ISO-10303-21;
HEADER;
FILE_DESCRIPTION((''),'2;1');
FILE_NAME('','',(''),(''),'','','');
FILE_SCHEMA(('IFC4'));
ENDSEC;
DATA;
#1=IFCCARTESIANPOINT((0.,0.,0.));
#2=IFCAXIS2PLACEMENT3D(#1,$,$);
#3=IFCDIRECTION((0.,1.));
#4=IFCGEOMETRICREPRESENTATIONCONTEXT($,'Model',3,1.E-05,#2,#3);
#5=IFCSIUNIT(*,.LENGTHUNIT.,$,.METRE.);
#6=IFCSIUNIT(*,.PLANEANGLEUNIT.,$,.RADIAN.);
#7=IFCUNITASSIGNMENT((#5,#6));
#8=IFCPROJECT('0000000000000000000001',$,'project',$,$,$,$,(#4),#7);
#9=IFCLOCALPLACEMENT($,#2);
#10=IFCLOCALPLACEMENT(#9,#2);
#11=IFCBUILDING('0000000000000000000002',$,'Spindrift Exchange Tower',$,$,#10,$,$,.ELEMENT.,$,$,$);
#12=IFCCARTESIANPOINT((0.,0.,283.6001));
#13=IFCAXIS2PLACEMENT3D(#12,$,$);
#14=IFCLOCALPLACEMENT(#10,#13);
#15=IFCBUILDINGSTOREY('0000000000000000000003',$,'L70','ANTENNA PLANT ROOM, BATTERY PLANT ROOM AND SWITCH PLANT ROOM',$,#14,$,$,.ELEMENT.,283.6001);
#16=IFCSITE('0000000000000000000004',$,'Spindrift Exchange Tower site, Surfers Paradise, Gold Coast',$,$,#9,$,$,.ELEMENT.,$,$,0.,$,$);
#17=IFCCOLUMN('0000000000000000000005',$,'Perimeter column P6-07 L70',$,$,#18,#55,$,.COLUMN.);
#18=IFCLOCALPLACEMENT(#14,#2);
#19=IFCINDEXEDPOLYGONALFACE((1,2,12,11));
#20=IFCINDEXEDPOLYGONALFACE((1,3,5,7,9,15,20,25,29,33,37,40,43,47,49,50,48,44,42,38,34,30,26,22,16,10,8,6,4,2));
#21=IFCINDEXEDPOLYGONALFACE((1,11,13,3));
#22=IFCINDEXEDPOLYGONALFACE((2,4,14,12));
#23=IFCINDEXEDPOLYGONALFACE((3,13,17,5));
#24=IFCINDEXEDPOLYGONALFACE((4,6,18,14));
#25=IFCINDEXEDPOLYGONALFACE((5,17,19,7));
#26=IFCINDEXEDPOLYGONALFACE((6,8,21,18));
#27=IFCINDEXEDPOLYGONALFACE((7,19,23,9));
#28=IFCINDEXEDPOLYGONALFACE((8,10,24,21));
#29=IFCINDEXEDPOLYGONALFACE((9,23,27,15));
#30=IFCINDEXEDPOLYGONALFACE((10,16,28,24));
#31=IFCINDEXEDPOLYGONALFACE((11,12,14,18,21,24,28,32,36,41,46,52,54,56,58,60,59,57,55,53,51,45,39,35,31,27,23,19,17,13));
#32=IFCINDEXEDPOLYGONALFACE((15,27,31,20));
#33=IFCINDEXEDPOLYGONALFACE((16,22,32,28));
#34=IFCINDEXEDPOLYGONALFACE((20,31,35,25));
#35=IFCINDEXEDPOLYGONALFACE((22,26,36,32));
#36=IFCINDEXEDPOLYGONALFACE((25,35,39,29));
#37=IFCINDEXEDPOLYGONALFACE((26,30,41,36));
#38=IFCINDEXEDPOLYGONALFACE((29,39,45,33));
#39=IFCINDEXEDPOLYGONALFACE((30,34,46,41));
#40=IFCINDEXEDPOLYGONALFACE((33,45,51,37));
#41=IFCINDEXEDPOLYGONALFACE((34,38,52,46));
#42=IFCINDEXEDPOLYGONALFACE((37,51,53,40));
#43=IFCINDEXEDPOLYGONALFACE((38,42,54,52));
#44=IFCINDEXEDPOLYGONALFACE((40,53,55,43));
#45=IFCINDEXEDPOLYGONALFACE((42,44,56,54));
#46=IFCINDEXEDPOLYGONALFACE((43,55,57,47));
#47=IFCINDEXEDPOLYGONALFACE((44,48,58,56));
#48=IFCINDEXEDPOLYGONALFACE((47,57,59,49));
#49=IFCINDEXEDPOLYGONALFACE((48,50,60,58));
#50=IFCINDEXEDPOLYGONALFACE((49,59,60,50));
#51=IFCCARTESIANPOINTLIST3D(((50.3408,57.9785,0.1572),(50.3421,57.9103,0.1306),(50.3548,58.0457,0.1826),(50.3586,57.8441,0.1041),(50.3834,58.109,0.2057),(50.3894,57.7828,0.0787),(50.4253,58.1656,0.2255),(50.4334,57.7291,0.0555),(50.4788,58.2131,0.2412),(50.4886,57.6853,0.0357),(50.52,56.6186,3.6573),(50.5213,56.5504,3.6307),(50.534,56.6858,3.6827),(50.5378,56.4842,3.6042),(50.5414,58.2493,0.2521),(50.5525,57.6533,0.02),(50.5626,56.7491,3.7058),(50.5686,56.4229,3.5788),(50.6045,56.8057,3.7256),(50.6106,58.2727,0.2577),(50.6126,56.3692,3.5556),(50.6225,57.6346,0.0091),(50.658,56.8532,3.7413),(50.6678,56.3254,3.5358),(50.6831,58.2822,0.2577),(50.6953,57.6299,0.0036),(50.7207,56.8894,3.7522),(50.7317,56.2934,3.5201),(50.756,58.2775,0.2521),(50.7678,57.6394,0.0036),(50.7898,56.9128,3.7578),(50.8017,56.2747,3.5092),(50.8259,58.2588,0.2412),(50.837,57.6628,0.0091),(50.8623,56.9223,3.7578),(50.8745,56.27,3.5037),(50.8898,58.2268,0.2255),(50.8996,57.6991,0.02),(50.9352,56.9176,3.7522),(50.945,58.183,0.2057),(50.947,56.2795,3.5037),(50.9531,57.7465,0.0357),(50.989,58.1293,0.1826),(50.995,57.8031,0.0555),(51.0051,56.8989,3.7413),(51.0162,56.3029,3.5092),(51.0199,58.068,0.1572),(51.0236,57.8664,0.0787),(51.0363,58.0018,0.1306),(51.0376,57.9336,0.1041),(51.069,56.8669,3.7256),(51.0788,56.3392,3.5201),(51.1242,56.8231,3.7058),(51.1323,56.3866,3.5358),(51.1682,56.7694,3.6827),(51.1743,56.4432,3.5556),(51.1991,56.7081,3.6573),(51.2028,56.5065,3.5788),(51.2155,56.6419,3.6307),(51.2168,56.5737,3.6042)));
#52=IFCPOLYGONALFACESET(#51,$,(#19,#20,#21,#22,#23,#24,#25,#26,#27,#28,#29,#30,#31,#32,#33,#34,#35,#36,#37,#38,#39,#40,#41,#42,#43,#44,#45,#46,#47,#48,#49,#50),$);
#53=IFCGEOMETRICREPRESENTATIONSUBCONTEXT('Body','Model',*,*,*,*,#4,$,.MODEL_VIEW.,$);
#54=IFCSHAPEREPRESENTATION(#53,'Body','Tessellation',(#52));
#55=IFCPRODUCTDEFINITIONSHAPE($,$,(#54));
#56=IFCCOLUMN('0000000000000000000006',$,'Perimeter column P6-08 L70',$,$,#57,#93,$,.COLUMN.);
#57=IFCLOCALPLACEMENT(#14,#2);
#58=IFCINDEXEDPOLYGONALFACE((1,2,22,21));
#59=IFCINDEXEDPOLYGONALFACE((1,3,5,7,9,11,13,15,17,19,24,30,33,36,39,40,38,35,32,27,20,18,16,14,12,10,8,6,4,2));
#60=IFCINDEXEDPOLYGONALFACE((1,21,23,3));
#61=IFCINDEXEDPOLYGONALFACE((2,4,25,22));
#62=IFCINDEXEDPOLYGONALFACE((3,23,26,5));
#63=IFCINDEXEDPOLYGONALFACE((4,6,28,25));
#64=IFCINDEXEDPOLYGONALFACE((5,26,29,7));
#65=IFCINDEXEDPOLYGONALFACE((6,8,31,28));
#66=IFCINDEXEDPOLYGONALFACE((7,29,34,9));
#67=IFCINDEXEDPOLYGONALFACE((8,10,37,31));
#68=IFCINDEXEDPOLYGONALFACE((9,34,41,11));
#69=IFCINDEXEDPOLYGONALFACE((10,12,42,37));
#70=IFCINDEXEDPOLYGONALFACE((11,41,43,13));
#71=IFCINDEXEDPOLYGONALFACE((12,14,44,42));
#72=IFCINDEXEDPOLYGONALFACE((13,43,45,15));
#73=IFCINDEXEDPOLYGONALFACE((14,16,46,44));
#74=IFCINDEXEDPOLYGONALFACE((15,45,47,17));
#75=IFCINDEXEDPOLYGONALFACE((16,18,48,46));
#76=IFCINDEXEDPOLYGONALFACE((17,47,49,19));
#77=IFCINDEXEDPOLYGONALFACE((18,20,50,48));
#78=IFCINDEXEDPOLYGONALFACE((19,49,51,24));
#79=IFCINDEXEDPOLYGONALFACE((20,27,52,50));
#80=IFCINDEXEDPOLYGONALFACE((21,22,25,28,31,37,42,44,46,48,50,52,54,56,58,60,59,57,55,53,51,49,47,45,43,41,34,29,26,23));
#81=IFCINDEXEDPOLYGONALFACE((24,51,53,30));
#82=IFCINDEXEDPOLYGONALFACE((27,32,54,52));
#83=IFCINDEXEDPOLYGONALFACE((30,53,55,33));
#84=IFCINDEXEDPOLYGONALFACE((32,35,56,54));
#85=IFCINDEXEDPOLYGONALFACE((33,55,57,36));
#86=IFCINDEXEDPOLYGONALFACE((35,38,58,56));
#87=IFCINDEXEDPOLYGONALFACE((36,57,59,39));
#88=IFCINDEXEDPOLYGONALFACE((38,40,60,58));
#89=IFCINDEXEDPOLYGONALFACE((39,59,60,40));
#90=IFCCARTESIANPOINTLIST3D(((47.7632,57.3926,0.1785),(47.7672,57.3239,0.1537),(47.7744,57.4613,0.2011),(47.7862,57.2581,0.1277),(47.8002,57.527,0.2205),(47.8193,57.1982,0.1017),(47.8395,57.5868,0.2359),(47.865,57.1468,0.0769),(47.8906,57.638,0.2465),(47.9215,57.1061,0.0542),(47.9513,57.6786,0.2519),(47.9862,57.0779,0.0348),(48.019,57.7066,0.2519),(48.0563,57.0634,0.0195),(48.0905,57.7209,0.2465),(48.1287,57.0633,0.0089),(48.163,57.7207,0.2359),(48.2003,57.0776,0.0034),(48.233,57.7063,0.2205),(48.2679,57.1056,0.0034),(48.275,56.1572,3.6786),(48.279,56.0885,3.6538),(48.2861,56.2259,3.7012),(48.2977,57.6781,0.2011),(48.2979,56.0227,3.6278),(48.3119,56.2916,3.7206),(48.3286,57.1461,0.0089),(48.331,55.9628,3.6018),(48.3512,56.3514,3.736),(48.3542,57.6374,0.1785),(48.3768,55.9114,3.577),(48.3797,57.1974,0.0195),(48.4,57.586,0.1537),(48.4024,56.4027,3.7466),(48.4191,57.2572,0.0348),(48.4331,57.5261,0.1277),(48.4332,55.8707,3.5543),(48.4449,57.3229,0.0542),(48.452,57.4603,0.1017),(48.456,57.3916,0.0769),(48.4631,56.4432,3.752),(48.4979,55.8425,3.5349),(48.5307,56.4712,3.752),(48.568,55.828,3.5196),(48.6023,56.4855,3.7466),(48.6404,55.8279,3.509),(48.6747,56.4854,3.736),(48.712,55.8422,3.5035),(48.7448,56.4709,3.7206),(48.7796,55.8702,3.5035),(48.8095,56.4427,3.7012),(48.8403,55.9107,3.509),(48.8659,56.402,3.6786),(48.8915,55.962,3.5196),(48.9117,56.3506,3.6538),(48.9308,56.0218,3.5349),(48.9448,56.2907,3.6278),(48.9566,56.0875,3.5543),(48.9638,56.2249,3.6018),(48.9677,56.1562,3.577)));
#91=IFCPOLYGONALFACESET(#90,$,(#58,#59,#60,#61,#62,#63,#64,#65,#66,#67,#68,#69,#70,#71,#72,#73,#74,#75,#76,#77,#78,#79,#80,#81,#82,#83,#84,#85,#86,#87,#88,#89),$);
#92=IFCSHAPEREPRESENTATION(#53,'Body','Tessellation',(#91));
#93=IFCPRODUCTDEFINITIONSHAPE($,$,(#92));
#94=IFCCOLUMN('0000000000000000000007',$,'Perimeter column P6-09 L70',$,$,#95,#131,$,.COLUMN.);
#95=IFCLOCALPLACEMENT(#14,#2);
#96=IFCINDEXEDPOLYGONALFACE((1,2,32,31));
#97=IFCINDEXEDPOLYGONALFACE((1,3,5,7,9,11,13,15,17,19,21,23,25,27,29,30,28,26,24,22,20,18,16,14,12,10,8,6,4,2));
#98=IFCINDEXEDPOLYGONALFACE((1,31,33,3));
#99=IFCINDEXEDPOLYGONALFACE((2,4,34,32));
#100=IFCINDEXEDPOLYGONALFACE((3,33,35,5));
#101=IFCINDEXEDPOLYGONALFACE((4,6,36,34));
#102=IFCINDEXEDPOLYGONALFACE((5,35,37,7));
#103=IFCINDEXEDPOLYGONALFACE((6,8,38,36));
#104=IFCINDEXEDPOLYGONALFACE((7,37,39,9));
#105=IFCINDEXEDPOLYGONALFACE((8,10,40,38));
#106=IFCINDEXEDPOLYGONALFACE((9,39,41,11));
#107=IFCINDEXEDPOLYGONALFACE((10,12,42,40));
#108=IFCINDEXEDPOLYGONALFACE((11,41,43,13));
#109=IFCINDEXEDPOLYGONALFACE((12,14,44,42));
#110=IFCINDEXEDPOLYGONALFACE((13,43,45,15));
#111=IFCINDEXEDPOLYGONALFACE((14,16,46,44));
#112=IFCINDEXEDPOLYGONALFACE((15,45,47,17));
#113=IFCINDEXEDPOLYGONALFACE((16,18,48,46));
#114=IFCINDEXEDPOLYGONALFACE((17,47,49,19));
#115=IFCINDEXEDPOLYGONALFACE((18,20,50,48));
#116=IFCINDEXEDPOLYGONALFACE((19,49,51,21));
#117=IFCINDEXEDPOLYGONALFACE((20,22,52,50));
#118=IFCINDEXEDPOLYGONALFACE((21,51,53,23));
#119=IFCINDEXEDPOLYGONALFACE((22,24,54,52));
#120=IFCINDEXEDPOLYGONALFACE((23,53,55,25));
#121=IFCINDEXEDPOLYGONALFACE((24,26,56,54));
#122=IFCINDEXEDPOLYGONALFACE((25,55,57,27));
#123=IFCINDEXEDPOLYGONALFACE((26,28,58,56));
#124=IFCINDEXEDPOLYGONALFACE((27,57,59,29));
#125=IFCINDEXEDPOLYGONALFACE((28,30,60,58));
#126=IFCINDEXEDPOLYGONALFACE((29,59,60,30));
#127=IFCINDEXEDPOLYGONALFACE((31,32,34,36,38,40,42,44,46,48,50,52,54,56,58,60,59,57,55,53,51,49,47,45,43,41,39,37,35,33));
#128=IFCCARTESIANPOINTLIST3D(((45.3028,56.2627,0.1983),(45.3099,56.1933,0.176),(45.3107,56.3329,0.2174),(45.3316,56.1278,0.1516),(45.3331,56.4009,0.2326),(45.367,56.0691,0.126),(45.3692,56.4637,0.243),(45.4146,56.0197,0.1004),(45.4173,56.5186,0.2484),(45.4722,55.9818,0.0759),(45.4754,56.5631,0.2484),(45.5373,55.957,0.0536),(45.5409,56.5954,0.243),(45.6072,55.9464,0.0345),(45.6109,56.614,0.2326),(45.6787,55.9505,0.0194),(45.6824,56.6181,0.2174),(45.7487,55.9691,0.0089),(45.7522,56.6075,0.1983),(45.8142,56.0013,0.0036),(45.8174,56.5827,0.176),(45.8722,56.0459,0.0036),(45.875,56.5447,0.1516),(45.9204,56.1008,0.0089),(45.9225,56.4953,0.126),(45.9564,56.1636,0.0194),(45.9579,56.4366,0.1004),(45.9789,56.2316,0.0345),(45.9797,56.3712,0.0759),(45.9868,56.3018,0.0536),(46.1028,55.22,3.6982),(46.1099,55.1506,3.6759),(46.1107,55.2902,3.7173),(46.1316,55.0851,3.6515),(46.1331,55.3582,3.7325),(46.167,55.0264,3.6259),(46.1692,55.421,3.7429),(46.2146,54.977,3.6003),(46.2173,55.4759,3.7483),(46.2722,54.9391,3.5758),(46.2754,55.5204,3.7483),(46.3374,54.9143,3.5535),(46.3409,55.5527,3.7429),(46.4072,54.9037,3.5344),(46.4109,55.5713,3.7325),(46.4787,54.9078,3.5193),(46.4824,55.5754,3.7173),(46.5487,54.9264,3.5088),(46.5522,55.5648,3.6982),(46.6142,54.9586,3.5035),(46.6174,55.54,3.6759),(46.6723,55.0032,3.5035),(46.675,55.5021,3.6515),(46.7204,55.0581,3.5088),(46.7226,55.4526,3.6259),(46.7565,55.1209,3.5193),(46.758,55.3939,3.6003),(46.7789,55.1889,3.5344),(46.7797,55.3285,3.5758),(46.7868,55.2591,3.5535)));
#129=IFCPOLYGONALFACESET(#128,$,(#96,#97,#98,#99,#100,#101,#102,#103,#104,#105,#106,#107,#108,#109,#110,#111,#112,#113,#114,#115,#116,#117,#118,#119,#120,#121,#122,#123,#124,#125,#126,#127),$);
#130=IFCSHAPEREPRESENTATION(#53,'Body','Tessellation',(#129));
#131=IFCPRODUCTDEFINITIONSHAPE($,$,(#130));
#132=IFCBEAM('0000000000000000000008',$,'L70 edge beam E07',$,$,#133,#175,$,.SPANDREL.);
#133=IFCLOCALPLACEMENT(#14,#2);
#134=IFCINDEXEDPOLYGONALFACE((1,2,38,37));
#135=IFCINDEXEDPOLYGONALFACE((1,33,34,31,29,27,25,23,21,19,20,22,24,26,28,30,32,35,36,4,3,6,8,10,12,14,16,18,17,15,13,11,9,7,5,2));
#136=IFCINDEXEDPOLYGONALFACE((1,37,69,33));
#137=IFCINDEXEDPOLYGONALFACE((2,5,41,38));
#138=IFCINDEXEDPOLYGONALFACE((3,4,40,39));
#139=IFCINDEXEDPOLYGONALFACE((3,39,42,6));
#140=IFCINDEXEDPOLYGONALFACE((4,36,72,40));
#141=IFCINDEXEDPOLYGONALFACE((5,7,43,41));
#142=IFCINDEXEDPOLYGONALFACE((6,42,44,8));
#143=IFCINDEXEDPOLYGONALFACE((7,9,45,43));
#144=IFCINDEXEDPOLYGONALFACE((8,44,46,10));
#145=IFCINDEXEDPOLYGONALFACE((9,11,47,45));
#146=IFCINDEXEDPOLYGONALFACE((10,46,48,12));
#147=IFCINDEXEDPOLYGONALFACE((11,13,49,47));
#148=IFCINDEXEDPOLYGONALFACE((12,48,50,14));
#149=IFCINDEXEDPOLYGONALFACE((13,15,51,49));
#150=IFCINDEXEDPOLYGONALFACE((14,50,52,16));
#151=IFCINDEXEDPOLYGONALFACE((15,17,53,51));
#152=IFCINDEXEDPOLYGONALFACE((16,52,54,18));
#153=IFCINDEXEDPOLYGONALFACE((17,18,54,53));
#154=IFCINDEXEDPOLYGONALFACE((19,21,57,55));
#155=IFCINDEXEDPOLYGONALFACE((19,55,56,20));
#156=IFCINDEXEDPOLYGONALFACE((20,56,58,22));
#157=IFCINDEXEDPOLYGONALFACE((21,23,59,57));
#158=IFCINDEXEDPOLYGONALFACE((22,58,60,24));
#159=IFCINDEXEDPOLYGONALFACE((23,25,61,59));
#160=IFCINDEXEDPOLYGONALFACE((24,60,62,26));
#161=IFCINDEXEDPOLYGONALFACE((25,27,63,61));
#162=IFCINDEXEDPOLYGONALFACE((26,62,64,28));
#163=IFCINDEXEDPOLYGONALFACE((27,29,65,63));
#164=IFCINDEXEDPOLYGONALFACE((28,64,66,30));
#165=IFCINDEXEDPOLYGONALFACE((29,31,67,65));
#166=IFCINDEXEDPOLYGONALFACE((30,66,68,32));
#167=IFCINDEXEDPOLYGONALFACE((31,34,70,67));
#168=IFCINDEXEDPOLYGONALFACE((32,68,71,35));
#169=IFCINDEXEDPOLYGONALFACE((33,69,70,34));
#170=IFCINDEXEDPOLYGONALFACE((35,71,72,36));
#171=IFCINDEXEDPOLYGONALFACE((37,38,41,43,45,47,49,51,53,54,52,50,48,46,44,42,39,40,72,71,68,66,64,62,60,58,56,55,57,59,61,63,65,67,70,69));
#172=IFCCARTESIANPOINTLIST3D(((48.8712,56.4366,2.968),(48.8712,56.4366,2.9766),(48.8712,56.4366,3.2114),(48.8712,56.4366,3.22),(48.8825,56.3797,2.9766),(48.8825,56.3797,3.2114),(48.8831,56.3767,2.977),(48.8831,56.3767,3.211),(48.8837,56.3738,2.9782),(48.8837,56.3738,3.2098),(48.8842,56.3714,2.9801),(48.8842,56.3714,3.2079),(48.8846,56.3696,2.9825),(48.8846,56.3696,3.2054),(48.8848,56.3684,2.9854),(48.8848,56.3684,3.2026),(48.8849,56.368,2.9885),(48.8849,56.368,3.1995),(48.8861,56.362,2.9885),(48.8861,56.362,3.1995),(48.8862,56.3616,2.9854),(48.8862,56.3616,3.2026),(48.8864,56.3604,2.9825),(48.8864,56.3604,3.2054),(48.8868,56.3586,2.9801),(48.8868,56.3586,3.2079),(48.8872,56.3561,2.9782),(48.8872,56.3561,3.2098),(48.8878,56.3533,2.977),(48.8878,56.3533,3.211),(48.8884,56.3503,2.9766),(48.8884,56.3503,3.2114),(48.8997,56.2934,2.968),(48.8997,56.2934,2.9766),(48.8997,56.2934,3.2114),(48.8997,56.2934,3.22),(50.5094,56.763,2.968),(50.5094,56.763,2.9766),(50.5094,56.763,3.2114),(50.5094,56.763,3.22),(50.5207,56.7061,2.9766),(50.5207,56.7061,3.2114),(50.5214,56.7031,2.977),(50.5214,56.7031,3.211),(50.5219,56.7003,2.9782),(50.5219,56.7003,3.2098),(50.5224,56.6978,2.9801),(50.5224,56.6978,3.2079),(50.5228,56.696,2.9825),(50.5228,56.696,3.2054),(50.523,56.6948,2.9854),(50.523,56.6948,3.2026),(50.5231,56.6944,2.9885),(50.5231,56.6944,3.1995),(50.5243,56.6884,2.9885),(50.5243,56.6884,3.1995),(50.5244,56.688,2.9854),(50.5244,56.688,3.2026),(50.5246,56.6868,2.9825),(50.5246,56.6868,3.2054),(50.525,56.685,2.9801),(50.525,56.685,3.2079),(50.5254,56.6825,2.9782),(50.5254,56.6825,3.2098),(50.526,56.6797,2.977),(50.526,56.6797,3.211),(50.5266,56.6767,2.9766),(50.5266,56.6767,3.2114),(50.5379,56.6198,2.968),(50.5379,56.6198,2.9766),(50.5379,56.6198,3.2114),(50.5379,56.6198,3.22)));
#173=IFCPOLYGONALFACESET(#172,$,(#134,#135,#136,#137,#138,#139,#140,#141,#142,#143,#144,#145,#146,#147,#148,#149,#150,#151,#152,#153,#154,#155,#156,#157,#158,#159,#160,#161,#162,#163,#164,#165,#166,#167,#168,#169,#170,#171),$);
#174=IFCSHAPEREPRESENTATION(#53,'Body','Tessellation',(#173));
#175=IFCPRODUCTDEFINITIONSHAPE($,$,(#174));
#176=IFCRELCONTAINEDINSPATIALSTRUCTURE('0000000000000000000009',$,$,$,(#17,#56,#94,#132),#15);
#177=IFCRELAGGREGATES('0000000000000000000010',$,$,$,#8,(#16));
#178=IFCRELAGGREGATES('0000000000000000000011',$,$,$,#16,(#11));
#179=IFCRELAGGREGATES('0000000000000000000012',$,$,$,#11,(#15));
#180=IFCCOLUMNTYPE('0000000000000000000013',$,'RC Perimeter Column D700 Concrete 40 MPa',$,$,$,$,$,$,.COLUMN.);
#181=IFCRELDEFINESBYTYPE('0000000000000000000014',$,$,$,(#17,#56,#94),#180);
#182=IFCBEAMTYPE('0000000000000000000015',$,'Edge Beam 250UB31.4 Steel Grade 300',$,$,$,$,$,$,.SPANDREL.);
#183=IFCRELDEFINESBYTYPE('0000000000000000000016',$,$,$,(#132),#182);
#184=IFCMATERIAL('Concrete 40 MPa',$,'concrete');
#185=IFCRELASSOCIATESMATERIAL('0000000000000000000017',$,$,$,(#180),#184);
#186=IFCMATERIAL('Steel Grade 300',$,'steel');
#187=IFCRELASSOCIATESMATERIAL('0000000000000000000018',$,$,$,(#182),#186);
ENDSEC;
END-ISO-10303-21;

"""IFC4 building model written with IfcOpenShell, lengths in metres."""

from ifc_helpers import new_model, si_unit, direction, frame, origin, origin_2d, place, context, subcontext, project, spatial, circle, i_section, extrude, source, transform, mapped, material, material_profile, profile_set, type_object, element, save


model = new_model("IFC4")

# Units and contexts
model_context = context("Model", 3, precision=1e-05, world=origin(), true_north=direction((0.0, 1.0)))
body_context = subcontext(model_context, "Body", "Model", "MODEL_VIEW")
ifc_project = project(units=[si_unit("LENGTHUNIT", "METRE"), si_unit("PLANEANGLEUNIT", "RADIAN")], contexts=[model_context])

# Site, building, storey
site_placement = place(None, origin())
site = spatial("IfcSite", under=ifc_project, at=site_placement, Name="Spindrift Exchange Tower site, Surfers Paradise, Gold Coast", CompositionType="ELEMENT", RefElevation=0.0)
building_placement = place(site_placement, origin())
building = spatial("IfcBuilding", under=site, at=building_placement, Name="Spindrift Exchange Tower", CompositionType="ELEMENT")
storey_placement = place(building_placement, frame((0.0, 0.0, 283.6001)))
storey = spatial("IfcBuildingStorey", under=building, at=storey_placement, Name="L70", Description="ANTENNA PLANT ROOM, BATTERY PLANT ROOM AND SWITCH PLANT ROOM", CompositionType="ELEMENT", Elevation=283.6001)

# Columns
ifc_material_1 = material(Name="Concrete 40 MPa", Category="concrete")
ifc_material_profile_1 = material_profile(ifc_material_1, circle(Radius=0.3501, at=origin_2d()), Name="RC D700")
ifc_profile_set_1 = profile_set([ifc_material_profile_1], Name="Concrete 40 MPa")
column_type = type_object("IfcColumnType", Name="RC Perimeter Column D700 Concrete 40 MPa", PredefinedType="COLUMN", material=ifc_profile_set_1)
shared_shape_1 = source(origin(), body_context, "Body", "SweptSolid", [
    extrude(circle(Radius=0.3501, at=origin_2d()), origin(), (0.0, 0.0, 1.0), 3.7593),
])
column_1_placement = place(storey_placement, frame((50.6892, 57.9561, 0.1306), z_axis=(0.04767, -0.361746, 0.931057), x_axis=(0.991429, 0.130648, 0.0)))
element("IfcColumn", 1, at=column_1_placement, inside=storey, type_object=column_type, Name="Perimeter column P6-07 L70", PredefinedType="COLUMN", context=body_context, shape_type="MappedRepresentation", body=[
    mapped(shared_shape_1, transform((0.0, 0.0, 0.0), scale=1.0)),
])
shared_shape_2 = source(origin(), body_context, "Body", "SweptSolid", [
    extrude(circle(Radius=0.3501, at=origin_2d()), origin(), (0.0, 0.0, 1.0), 3.7468),
])
column_2_placement = place(storey_placement, frame((48.1096, 57.3921, 0.1277), z_axis=(0.136578, -0.329715, 0.934149), x_axis=(0.923874, 0.382696, 0.0)))
element("IfcColumn", 2, at=column_2_placement, inside=storey, type_object=column_type, Name="Perimeter column P6-08 L70", PredefinedType="COLUMN", context=body_context, shape_type="MappedRepresentation", body=[
    mapped(shared_shape_2, transform((0.0, 0.0, 0.0), scale=1.0)),
])
shared_shape_3 = source(origin(), body_context, "Body", "SweptSolid", [
    extrude(circle(Radius=0.3501, at=origin_2d()), origin(), (0.0, 0.0, 1.0), 3.7385),
])
column_3_placement = place(storey_placement, frame((45.6448, 56.2822, 0.126), z_axis=(0.213995, -0.278906, 0.936172), x_axis=(0.793376, 0.608732, 0.0)))
element("IfcColumn", 3, at=column_3_placement, inside=storey, type_object=column_type, Name="Perimeter column P6-09 L70", PredefinedType="COLUMN", context=body_context, shape_type="MappedRepresentation", body=[
    mapped(shared_shape_3, transform((0.0, 0.0, 0.0), scale=1.0)),
])

# Beam
ifc_material_2 = material(Name="Steel Grade 300", Category="steel")
ifc_material_profile_2 = material_profile(ifc_material_2, i_section(OverallWidth=0.146, OverallDepth=0.252, WebThickness=0.0061, FlangeThickness=0.0085, FilletRadius=0.012, at=origin_2d()), Name="250UB31.4")
ifc_profile_set_2 = profile_set([ifc_material_profile_2], Name="Steel Grade 300")
beam_type = type_object("IfcBeamType", Name="Edge Beam 250UB31.4 Steel Grade 300", PredefinedType="SPANDREL", material=ifc_profile_set_2)
shared_shape_4 = source(origin(), body_context, "Body", "SweptSolid", [
    extrude(i_section(OverallWidth=0.146, OverallDepth=0.252, WebThickness=0.0061, FlangeThickness=0.0085, FilletRadius=0.012, at=origin_2d()), origin(), (0.0, 0.0, 1.0), 1.6704),
])
beam_1_placement = place(storey_placement, frame((50.5237, 56.6914, 3.094), z_axis=(-0.980721, -0.195413, 0.0), x_axis=(0.195413, -0.980721, 0.0)))
element("IfcBeam", 4, at=beam_1_placement, inside=storey, type_object=beam_type, Name="L70 edge beam E07", PredefinedType="SPANDREL", context=body_context, shape_type="MappedRepresentation", body=[
    mapped(shared_shape_4, transform((0.0, 0.0, 0.0), scale=1.0)),
])

save(model, "model.ifc")
